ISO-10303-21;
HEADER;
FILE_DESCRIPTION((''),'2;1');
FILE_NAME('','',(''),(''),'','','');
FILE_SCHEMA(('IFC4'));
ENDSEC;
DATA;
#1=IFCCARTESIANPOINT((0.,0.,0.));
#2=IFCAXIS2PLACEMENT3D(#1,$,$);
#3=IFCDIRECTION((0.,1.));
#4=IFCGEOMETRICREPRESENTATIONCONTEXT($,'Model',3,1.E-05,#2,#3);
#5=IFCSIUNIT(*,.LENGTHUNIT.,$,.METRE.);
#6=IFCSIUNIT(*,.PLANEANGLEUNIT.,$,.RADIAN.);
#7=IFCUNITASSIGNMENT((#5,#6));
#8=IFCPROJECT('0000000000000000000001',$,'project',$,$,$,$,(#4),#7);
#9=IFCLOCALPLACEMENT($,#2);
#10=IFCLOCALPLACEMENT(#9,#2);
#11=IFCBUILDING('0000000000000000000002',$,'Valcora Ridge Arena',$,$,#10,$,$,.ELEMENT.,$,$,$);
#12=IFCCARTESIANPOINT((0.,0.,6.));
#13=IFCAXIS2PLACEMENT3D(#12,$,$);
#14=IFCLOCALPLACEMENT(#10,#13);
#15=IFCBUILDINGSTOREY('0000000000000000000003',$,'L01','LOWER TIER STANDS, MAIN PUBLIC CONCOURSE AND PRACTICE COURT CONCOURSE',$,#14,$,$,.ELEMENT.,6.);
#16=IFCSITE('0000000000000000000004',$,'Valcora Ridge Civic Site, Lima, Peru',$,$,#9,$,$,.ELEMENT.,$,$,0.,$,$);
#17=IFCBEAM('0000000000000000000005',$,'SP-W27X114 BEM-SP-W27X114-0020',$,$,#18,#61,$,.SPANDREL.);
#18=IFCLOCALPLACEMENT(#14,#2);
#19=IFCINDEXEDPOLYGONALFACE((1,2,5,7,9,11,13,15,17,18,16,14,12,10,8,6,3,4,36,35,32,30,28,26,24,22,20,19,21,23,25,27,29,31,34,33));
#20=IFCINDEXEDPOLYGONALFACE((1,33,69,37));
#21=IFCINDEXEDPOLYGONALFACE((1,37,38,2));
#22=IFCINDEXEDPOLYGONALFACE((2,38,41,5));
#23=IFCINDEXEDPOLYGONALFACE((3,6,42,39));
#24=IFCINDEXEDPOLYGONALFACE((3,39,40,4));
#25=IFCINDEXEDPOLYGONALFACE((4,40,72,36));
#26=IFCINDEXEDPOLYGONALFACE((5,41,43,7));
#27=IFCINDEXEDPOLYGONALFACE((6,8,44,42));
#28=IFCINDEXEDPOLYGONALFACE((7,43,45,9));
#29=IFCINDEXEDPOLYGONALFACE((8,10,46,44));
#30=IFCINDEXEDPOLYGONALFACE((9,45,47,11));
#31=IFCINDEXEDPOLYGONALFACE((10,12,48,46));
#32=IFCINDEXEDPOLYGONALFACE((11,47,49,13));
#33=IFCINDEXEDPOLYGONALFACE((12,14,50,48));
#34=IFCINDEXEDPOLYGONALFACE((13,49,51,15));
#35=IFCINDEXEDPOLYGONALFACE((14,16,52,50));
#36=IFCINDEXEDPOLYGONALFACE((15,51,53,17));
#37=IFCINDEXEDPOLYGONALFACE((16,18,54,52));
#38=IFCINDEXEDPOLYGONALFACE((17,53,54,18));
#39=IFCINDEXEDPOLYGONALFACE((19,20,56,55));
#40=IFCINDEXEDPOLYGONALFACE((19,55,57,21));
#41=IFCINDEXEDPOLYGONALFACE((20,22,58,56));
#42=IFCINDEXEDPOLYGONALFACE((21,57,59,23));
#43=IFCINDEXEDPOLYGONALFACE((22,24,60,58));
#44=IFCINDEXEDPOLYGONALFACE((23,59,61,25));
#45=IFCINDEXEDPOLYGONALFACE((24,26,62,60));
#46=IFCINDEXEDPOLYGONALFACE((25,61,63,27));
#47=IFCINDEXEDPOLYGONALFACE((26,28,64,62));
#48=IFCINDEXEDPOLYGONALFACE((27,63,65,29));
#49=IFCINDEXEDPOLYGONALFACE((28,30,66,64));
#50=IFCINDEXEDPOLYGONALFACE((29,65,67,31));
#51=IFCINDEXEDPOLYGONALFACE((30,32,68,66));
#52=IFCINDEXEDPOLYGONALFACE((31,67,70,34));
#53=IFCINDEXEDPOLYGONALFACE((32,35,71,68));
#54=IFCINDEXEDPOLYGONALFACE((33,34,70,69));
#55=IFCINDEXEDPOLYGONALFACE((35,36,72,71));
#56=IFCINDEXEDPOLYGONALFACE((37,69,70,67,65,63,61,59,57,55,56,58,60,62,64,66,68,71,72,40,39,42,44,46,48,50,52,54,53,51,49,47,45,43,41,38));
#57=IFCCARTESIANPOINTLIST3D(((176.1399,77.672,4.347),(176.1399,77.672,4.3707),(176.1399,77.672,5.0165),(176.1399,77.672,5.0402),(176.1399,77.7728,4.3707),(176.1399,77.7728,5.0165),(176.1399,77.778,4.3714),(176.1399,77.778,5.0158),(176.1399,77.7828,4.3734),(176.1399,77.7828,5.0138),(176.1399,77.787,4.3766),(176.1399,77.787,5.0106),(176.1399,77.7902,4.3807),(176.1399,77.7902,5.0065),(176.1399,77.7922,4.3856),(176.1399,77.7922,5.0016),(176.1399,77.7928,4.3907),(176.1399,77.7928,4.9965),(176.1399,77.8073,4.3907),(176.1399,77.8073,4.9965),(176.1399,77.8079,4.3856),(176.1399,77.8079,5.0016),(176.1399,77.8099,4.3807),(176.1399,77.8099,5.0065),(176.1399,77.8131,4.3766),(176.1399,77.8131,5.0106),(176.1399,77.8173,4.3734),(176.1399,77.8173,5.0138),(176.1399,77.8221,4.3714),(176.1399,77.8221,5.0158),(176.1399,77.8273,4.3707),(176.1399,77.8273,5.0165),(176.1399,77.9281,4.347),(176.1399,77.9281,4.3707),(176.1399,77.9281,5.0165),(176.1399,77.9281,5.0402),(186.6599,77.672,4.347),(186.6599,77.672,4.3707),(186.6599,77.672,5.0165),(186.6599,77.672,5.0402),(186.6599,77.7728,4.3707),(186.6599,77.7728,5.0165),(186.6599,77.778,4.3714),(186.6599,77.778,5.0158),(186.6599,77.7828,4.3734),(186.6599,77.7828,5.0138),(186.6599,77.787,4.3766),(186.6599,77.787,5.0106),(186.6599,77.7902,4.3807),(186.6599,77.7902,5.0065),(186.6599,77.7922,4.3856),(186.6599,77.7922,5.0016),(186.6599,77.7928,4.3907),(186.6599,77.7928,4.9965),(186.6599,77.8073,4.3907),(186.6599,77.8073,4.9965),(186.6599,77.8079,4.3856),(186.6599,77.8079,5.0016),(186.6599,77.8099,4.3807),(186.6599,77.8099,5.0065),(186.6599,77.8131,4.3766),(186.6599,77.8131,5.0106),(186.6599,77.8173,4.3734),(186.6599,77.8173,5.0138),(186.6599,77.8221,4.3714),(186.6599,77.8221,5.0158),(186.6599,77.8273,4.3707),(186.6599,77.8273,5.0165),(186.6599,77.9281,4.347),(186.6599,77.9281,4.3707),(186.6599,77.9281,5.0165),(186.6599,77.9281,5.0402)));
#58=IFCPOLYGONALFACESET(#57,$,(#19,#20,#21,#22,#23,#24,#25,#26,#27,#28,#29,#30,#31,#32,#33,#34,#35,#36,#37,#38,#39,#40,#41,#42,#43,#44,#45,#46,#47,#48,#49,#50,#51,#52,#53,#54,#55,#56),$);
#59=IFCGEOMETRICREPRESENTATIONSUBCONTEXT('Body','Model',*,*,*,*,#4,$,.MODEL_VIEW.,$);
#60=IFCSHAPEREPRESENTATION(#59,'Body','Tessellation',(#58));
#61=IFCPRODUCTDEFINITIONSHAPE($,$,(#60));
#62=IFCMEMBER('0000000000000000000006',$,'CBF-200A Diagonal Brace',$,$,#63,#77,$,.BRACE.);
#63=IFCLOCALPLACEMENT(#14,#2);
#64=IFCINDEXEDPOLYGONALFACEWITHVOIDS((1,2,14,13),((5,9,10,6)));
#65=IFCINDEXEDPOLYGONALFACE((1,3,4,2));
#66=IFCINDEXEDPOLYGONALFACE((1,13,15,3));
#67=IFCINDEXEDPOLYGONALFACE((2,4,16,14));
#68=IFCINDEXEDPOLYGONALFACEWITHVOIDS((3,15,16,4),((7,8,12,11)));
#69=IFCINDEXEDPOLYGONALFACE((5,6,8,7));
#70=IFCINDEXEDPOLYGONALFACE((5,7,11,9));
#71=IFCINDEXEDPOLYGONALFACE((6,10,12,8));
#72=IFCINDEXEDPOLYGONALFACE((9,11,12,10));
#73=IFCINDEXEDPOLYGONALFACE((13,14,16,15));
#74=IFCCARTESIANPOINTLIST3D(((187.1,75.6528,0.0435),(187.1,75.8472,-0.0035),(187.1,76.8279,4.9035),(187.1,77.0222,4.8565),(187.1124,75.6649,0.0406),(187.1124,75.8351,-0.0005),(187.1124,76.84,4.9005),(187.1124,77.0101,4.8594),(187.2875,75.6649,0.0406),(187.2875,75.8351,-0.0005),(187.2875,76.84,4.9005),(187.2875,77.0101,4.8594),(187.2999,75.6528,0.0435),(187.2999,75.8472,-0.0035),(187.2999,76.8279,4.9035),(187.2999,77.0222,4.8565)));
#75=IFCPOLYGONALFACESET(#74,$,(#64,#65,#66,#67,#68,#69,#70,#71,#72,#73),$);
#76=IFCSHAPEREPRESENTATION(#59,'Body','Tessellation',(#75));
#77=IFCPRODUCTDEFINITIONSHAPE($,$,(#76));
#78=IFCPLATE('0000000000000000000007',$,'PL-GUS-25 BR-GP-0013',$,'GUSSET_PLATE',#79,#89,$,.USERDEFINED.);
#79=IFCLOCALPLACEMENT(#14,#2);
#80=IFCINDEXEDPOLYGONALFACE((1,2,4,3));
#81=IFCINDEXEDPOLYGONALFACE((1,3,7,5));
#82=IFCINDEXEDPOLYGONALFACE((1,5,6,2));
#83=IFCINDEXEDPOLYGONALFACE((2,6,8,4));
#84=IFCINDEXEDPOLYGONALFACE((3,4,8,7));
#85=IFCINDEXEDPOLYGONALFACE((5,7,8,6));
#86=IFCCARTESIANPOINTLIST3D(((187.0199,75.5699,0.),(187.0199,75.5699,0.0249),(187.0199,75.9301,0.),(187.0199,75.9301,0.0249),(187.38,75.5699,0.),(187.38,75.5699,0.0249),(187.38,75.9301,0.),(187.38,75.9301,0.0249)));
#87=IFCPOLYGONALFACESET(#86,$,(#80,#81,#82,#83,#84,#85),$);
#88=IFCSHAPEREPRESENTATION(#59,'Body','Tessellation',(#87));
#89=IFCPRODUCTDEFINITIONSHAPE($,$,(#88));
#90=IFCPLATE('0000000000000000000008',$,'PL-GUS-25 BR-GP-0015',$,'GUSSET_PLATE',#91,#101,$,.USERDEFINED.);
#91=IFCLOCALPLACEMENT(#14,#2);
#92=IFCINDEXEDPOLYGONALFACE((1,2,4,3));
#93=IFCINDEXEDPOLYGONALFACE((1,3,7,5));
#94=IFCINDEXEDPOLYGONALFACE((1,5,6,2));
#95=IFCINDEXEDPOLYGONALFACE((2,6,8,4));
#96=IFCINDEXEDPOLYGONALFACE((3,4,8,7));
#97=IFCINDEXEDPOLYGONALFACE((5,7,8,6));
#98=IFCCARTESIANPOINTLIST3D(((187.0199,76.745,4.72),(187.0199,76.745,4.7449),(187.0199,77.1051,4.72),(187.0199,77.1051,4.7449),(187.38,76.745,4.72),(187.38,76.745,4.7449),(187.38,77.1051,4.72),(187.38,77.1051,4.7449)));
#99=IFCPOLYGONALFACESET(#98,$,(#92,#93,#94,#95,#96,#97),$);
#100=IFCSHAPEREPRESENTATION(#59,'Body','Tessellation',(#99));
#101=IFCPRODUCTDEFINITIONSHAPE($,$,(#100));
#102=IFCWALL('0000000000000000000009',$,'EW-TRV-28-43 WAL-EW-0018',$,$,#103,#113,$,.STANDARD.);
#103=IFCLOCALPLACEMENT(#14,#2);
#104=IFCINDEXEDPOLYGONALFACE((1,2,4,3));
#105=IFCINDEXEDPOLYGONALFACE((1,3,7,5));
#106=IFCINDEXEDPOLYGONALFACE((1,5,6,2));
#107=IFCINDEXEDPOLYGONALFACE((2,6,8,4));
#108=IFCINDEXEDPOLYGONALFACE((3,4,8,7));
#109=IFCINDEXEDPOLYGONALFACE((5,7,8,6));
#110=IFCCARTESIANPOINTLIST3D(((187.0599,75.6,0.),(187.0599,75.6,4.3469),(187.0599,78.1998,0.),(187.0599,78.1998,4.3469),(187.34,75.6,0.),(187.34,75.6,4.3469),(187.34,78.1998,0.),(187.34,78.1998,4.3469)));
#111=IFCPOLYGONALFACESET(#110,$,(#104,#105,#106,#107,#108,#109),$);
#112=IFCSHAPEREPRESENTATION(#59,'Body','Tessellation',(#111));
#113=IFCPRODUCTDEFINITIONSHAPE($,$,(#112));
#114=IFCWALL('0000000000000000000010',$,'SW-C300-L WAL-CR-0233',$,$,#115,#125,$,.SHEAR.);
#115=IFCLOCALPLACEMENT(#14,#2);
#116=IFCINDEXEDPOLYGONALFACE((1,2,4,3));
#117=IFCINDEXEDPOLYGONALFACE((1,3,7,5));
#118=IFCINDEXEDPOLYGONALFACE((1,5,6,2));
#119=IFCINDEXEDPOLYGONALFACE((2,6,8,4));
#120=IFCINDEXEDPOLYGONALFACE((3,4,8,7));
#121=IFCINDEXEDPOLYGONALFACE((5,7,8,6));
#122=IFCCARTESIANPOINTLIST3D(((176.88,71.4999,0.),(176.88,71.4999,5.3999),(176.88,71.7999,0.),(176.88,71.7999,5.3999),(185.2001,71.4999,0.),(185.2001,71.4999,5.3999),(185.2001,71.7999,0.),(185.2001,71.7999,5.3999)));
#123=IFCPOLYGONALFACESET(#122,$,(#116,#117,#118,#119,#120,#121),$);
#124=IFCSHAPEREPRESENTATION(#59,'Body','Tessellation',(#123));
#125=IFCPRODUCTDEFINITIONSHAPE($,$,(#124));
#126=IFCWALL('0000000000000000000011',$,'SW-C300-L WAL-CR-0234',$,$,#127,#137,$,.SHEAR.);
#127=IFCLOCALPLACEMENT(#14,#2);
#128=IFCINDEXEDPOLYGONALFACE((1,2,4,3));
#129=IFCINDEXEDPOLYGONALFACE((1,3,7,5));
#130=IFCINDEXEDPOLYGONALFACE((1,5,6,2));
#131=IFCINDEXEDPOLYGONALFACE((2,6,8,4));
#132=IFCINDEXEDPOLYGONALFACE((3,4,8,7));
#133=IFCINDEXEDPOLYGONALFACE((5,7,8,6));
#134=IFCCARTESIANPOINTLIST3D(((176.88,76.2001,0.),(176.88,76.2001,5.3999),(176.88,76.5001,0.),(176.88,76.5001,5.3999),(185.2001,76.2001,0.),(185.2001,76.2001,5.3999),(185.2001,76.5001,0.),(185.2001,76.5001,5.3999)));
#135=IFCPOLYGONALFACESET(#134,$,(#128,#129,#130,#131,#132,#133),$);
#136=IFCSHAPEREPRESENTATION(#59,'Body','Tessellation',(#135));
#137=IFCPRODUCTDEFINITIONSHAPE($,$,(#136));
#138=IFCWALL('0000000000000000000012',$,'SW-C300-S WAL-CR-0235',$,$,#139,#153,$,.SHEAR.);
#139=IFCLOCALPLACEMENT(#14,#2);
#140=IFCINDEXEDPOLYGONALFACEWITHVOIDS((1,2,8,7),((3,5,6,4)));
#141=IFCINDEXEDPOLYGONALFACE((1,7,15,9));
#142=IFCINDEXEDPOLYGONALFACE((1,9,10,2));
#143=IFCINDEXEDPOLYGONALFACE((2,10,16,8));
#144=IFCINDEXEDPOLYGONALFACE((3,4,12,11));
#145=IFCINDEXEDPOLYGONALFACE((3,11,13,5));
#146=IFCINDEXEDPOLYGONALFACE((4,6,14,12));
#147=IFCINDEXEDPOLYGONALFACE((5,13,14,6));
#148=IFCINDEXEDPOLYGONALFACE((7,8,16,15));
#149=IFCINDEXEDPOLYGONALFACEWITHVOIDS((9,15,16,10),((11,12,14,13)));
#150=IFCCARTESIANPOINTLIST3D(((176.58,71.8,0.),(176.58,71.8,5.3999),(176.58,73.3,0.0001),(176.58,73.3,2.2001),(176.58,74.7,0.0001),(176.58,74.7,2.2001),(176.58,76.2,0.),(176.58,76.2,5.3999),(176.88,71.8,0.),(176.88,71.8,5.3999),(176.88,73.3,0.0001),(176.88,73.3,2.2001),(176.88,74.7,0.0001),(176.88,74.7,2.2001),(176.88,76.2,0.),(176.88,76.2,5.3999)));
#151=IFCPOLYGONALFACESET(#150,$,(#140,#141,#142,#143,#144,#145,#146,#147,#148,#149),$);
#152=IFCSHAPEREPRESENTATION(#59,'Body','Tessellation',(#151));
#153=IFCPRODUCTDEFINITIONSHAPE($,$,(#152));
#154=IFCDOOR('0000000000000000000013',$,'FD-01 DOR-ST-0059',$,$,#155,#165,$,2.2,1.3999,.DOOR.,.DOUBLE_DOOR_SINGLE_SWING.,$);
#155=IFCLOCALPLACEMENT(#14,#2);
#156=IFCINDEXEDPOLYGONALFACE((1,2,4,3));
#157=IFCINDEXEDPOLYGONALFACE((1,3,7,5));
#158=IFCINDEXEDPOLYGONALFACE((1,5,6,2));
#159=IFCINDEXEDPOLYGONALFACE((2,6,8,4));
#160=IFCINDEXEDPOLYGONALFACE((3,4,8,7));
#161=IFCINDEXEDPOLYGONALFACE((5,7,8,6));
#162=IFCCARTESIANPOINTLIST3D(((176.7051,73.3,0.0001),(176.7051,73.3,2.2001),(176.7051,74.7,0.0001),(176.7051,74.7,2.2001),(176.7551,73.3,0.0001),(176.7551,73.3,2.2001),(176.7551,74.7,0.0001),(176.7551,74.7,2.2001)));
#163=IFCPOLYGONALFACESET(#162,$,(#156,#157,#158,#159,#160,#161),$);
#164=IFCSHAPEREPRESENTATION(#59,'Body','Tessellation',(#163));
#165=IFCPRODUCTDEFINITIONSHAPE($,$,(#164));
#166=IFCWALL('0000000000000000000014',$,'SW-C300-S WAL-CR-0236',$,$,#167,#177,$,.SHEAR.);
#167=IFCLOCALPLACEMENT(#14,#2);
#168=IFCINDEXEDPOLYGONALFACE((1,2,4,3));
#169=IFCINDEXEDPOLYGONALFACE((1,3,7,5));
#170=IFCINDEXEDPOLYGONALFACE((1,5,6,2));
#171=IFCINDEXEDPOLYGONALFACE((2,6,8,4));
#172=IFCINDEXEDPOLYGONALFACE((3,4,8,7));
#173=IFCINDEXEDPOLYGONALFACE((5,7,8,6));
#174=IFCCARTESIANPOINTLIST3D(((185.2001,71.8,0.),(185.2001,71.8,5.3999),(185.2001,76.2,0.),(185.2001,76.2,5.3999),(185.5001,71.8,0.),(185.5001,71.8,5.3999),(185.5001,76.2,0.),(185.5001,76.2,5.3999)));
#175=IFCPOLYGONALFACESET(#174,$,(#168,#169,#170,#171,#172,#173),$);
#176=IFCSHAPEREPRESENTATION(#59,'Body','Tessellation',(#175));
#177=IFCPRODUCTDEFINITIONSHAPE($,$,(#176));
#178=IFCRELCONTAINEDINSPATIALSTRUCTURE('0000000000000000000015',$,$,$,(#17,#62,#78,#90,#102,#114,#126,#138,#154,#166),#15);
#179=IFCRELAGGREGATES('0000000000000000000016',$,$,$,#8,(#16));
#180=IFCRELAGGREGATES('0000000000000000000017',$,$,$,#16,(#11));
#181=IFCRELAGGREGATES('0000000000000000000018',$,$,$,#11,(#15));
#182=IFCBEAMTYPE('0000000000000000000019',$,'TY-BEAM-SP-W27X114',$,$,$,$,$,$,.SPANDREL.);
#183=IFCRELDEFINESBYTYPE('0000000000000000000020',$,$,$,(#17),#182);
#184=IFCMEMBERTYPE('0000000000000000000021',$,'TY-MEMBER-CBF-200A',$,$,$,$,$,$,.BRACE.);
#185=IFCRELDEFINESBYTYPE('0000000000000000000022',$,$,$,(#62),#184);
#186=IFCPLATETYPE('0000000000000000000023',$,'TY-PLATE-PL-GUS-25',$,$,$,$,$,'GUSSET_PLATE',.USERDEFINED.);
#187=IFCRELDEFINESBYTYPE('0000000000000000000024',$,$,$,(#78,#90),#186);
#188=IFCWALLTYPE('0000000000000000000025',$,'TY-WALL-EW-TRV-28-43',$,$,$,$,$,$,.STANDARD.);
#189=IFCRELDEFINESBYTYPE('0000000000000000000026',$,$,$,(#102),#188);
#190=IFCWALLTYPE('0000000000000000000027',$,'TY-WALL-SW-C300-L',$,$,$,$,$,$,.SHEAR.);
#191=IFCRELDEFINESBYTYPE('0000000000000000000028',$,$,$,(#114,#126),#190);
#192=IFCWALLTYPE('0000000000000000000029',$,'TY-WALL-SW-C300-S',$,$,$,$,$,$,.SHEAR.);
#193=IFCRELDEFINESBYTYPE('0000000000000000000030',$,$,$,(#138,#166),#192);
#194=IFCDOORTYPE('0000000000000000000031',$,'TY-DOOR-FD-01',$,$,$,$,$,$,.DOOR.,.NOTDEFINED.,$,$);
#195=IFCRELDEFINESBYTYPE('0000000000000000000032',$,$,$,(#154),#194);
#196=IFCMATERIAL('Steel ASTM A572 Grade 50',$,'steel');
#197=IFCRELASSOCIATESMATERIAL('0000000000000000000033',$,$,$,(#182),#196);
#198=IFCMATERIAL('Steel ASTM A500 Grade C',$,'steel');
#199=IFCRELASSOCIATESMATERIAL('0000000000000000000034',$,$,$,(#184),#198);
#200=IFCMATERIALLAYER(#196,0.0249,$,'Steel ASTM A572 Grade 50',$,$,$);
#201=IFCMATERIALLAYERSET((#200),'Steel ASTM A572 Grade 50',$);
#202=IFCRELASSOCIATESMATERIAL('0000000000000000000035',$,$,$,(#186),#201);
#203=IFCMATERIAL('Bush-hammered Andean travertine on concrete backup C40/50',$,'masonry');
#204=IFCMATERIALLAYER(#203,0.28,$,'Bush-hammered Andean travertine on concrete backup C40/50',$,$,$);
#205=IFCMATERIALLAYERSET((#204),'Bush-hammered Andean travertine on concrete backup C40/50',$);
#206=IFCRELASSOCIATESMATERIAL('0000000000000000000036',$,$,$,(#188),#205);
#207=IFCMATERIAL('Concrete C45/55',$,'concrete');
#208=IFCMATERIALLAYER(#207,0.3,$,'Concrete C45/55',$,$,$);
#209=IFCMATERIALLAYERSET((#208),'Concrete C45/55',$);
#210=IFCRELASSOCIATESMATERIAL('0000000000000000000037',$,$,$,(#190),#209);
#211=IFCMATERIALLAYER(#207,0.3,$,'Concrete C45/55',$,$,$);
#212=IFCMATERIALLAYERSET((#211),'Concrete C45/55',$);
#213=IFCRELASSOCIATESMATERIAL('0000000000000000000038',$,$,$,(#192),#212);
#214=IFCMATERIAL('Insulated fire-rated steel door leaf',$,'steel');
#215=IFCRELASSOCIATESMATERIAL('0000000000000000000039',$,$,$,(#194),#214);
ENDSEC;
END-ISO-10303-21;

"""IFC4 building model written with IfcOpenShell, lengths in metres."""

from ifc_helpers import new_model, si_unit, direction, frame, frame_2d, origin, origin_2d, place, context, subcontext, project, spatial, rectangle, hollow_rectangle, i_section, extrude, material, layer, layer_set, material_profile, profile_set, type_object, element, fill, save


model = new_model("IFC4")

# Units and contexts
model_context = context("Model", 3, precision=1e-05, world=origin(), true_north=direction((0.0, 1.0)))
body_context = subcontext(model_context, "Body", "Model", "MODEL_VIEW")
ifc_project = project(units=[si_unit("LENGTHUNIT", "METRE"), si_unit("PLANEANGLEUNIT", "RADIAN")], contexts=[model_context])

# Site, building, storey
site_placement = place(None, origin())
site = spatial("IfcSite", under=ifc_project, at=site_placement, Name="Valcora Ridge Civic Site, Lima, Peru", CompositionType="ELEMENT", RefElevation=0.0)
building_placement = place(site_placement, origin())
building = spatial("IfcBuilding", under=site, at=building_placement, Name="Valcora Ridge Arena", CompositionType="ELEMENT")
storey_placement = place(building_placement, frame((0.0, 0.0, 6.0)))
storey = spatial("IfcBuildingStorey", under=building, at=storey_placement, Name="L01", Description="LOWER TIER STANDS, MAIN PUBLIC CONCOURSE AND PRACTICE COURT CONCOURSE", CompositionType="ELEMENT", Elevation=6.0)

# Shared definitions
ifc_material_1 = material(Name="Steel ASTM A500 Grade C", Category="steel")
ifc_material_2 = material(Name="Steel ASTM A572 Grade 50", Category="steel")

# Beam
ifc_material_profile_1 = material_profile(ifc_material_2, i_section(OverallWidth=0.2561, OverallDepth=0.6931, WebThickness=0.0144, FlangeThickness=0.0237, FilletRadius=0.02, at=origin_2d()), Name="W27X114")
ifc_profile_set_1 = profile_set([ifc_material_profile_1], Name="Steel ASTM A572 Grade 50")
beam_type_1 = type_object("IfcBeamType", Name="TY-BEAM-SP-W27X114", PredefinedType="SPANDREL", material=ifc_profile_set_1)
beam_placement = place(storey_placement, frame((176.1399, 77.8, 4.6936), z_axis=(1.0, 0.0, 0.0), x_axis=(0.0, 1.0, 0.0)))
element("IfcBeam", 1, at=beam_placement, inside=storey, type_object=beam_type_1, Name="SP-W27X114 BEM-SP-W27X114-0020", PredefinedType="SPANDREL", context=body_context, shape_type="SweptSolid", body=[
    extrude(i_section(OverallWidth=0.2561, OverallDepth=0.6931, WebThickness=0.0144, FlangeThickness=0.0237, FilletRadius=0.02, at=origin_2d()), origin(), (0.0, 0.0, 1.0), 10.52),
])

# Member
ifc_material_profile_2 = material_profile(ifc_material_1, hollow_rectangle(XDim=0.2, YDim=0.2, WallThickness=0.0125, at=origin_2d()), Name="HSS200X200X12")
ifc_profile_set_2 = profile_set([ifc_material_profile_2], Name="Steel ASTM A500 Grade C")
member_type = type_object("IfcMemberType", Name="TY-MEMBER-CBF-200A", PredefinedType="BRACE", material=ifc_profile_set_2)
member_placement = place(storey_placement, frame((187.2, 75.75, 0.02), z_axis=(0.0, 0.235014, 0.971992), x_axis=(-1.0, 0.0, 0.0)))
element("IfcMember", 2, at=member_placement, inside=storey, type_object=member_type, Name="CBF-200A Diagonal Brace", PredefinedType="BRACE", context=body_context, shape_type="SweptSolid", body=[
    extrude(hollow_rectangle(XDim=0.2, YDim=0.2, WallThickness=0.0125, at=origin_2d()), origin(), (0.0, 0.0, 1.0), 5.0),
])

# Plates
ifc_layer_1 = layer(ifc_material_2, 0.0249, Name="Steel ASTM A572 Grade 50")
ifc_layer_set_1 = layer_set([ifc_layer_1], Name="Steel ASTM A572 Grade 50")
plate_type = type_object("IfcPlateType", Name="TY-PLATE-PL-GUS-25", ElementType="GUSSET_PLATE", PredefinedType="USERDEFINED", material=ifc_layer_set_1)
for number, where, z_axis, x_axis, name in (
    (3, (187.2, 75.75, 0.0), (0.0, 0.0, 1.0), (1.0, 0.0, 0.0), "PL-GUS-25 BR-GP-0013"),
    (4, (187.2, 76.925, 4.72), (0.0, 0.0, 1.0), (1.0, 0.0, 0.0), "PL-GUS-25 BR-GP-0015"),
):
    element("IfcPlate", number, at=place(storey_placement, frame(where, z_axis=z_axis, x_axis=x_axis)), inside=storey, type_object=plate_type, Name=name, ObjectType="GUSSET_PLATE", PredefinedType="USERDEFINED", context=body_context, shape_type="SweptSolid", body=[
        extrude(rectangle(XDim=0.3601, YDim=0.3601, at=origin_2d()), origin(), (0.0, 0.0, 1.0), 0.0249),
    ])

# Walls
ifc_material_3 = material(Name="Bush-hammered Andean travertine on concrete backup C40/50", Category="masonry")
ifc_layer_2 = layer(ifc_material_3, 0.28, Name="Bush-hammered Andean travertine on concrete backup C40/50")
ifc_layer_set_2 = layer_set([ifc_layer_2], Name="Bush-hammered Andean travertine on concrete backup C40/50")
wall_type_1 = type_object("IfcWallType", Name="TY-WALL-EW-TRV-28-43", PredefinedType="STANDARD", material=ifc_layer_set_2)
wall_1_placement = place(storey_placement, frame((187.2, 75.6001, 0.0), z_axis=(0.0, 0.0, 1.0), x_axis=(0.0, 1.0, 0.0)))
element("IfcWall", 5, at=wall_1_placement, inside=storey, type_object=wall_type_1, Name="EW-TRV-28-43 WAL-EW-0018", PredefinedType="STANDARD", context=body_context, shape_type="SweptSolid", body=[
    extrude(rectangle(XDim=2.5999, YDim=0.28, at=frame_2d((1.2998, 0.0))), origin(), (0.0, 0.0, 1.0), 4.3469),
])
ifc_material_4 = material(Name="Concrete C45/55", Category="concrete")
ifc_layer_3 = layer(ifc_material_4, 0.3, Name="Concrete C45/55")
ifc_layer_set_3 = layer_set([ifc_layer_3], Name="Concrete C45/55")
wall_type_2 = type_object("IfcWallType", Name="TY-WALL-SW-C300-L", PredefinedType="SHEAR", material=ifc_layer_set_3)
for number, where, z_axis, x_axis, name in (
    (6, (176.8799, 71.6499, 0.0), (0.0, 0.0, 1.0), (1.0, 0.0, 0.0), "SW-C300-L WAL-CR-0233"),
    (7, (176.8799, 76.3501, 0.0), (0.0, 0.0, 1.0), (1.0, 0.0, 0.0), "SW-C300-L WAL-CR-0234"),
):
    element("IfcWall", number, at=place(storey_placement, frame(where, z_axis=z_axis, x_axis=x_axis)), inside=storey, type_object=wall_type_2, Name=name, PredefinedType="SHEAR", context=body_context, shape_type="SweptSolid", body=[
        extrude(rectangle(XDim=8.3201, YDim=0.3, at=frame_2d((4.1602, 0.0))), origin(), (0.0, 0.0, 1.0), 5.3999),
    ])

# Wall, opening, door
ifc_layer_4 = layer(ifc_material_4, 0.3, Name="Concrete C45/55")
ifc_layer_set_4 = layer_set([ifc_layer_4], Name="Concrete C45/55")
wall_type_3 = type_object("IfcWallType", Name="TY-WALL-SW-C300-S", PredefinedType="SHEAR", material=ifc_layer_set_4)
wall_2_placement = place(storey_placement, frame((176.73, 71.8, 0.0), z_axis=(0.0, 0.0, 1.0), x_axis=(0.0, 1.0, 0.0)))
wall_2 = element("IfcWall", 8, at=wall_2_placement, inside=storey, type_object=wall_type_3, Name="SW-C300-S WAL-CR-0235", PredefinedType="SHEAR", context=body_context, shape_type="SweptSolid", body=[
    extrude(rectangle(XDim=4.3999, YDim=0.3, at=frame_2d((2.2, 0.0))), origin(), (0.0, 0.0, 1.0), 5.3999),
])
opening_placement = place(wall_2_placement, frame((1.5, 0.0, 0.0)))
opening = element("IfcOpeningElement", 9, at=opening_placement, cuts=wall_2, PredefinedType="OPENING", context=body_context, shape_type="SweptSolid", body=[
    extrude(rectangle(XDim=1.3999, YDim=2.2, at=frame_2d((0.7, 1.1001))), frame((0.0, 0.1599, 0.0), z_axis=(0.0, -1.0, 0.0), x_axis=(1.0, 0.0, 0.0)), (0.0, 0.0, 1.0), 0.3201),
])
ifc_material_5 = material(Name="Insulated fire-rated steel door leaf", Category="steel")
door_type = type_object("IfcDoorType", Name="TY-DOOR-FD-01", OperationType="NOTDEFINED", PredefinedType="DOOR", material=ifc_material_5)
door_placement = place(opening_placement, origin())
door = element("IfcDoor", 10, at=door_placement, inside=storey, type_object=door_type, Name="FD-01 DOR-ST-0059", OperationType="DOUBLE_DOOR_SINGLE_SWING", OverallHeight=2.2, OverallWidth=1.3999, PredefinedType="DOOR", context=body_context, shape_type="SweptSolid", body=[
    extrude(rectangle(XDim=1.3999, YDim=2.2, at=frame_2d((0.7, 1.1001))), frame((0.0, 0.0249, 0.0), z_axis=(0.0, -1.0, 0.0), x_axis=(1.0, 0.0, 0.0)), (0.0, 0.0, 1.0), 0.05),
])
fill(opening, door)

# Wall
wall_3_placement = place(storey_placement, frame((185.3501, 71.8, 0.0), z_axis=(0.0, 0.0, 1.0), x_axis=(0.0, 1.0, 0.0)))
element("IfcWall", 11, at=wall_3_placement, inside=storey, type_object=wall_type_3, Name="SW-C300-S WAL-CR-0236", PredefinedType="SHEAR", context=body_context, shape_type="SweptSolid", body=[
    extrude(rectangle(XDim=4.3999, YDim=0.3, at=frame_2d((2.2, 0.0))), origin(), (0.0, 0.0, 1.0), 5.3999),
])

save(model, "model.ifc")
